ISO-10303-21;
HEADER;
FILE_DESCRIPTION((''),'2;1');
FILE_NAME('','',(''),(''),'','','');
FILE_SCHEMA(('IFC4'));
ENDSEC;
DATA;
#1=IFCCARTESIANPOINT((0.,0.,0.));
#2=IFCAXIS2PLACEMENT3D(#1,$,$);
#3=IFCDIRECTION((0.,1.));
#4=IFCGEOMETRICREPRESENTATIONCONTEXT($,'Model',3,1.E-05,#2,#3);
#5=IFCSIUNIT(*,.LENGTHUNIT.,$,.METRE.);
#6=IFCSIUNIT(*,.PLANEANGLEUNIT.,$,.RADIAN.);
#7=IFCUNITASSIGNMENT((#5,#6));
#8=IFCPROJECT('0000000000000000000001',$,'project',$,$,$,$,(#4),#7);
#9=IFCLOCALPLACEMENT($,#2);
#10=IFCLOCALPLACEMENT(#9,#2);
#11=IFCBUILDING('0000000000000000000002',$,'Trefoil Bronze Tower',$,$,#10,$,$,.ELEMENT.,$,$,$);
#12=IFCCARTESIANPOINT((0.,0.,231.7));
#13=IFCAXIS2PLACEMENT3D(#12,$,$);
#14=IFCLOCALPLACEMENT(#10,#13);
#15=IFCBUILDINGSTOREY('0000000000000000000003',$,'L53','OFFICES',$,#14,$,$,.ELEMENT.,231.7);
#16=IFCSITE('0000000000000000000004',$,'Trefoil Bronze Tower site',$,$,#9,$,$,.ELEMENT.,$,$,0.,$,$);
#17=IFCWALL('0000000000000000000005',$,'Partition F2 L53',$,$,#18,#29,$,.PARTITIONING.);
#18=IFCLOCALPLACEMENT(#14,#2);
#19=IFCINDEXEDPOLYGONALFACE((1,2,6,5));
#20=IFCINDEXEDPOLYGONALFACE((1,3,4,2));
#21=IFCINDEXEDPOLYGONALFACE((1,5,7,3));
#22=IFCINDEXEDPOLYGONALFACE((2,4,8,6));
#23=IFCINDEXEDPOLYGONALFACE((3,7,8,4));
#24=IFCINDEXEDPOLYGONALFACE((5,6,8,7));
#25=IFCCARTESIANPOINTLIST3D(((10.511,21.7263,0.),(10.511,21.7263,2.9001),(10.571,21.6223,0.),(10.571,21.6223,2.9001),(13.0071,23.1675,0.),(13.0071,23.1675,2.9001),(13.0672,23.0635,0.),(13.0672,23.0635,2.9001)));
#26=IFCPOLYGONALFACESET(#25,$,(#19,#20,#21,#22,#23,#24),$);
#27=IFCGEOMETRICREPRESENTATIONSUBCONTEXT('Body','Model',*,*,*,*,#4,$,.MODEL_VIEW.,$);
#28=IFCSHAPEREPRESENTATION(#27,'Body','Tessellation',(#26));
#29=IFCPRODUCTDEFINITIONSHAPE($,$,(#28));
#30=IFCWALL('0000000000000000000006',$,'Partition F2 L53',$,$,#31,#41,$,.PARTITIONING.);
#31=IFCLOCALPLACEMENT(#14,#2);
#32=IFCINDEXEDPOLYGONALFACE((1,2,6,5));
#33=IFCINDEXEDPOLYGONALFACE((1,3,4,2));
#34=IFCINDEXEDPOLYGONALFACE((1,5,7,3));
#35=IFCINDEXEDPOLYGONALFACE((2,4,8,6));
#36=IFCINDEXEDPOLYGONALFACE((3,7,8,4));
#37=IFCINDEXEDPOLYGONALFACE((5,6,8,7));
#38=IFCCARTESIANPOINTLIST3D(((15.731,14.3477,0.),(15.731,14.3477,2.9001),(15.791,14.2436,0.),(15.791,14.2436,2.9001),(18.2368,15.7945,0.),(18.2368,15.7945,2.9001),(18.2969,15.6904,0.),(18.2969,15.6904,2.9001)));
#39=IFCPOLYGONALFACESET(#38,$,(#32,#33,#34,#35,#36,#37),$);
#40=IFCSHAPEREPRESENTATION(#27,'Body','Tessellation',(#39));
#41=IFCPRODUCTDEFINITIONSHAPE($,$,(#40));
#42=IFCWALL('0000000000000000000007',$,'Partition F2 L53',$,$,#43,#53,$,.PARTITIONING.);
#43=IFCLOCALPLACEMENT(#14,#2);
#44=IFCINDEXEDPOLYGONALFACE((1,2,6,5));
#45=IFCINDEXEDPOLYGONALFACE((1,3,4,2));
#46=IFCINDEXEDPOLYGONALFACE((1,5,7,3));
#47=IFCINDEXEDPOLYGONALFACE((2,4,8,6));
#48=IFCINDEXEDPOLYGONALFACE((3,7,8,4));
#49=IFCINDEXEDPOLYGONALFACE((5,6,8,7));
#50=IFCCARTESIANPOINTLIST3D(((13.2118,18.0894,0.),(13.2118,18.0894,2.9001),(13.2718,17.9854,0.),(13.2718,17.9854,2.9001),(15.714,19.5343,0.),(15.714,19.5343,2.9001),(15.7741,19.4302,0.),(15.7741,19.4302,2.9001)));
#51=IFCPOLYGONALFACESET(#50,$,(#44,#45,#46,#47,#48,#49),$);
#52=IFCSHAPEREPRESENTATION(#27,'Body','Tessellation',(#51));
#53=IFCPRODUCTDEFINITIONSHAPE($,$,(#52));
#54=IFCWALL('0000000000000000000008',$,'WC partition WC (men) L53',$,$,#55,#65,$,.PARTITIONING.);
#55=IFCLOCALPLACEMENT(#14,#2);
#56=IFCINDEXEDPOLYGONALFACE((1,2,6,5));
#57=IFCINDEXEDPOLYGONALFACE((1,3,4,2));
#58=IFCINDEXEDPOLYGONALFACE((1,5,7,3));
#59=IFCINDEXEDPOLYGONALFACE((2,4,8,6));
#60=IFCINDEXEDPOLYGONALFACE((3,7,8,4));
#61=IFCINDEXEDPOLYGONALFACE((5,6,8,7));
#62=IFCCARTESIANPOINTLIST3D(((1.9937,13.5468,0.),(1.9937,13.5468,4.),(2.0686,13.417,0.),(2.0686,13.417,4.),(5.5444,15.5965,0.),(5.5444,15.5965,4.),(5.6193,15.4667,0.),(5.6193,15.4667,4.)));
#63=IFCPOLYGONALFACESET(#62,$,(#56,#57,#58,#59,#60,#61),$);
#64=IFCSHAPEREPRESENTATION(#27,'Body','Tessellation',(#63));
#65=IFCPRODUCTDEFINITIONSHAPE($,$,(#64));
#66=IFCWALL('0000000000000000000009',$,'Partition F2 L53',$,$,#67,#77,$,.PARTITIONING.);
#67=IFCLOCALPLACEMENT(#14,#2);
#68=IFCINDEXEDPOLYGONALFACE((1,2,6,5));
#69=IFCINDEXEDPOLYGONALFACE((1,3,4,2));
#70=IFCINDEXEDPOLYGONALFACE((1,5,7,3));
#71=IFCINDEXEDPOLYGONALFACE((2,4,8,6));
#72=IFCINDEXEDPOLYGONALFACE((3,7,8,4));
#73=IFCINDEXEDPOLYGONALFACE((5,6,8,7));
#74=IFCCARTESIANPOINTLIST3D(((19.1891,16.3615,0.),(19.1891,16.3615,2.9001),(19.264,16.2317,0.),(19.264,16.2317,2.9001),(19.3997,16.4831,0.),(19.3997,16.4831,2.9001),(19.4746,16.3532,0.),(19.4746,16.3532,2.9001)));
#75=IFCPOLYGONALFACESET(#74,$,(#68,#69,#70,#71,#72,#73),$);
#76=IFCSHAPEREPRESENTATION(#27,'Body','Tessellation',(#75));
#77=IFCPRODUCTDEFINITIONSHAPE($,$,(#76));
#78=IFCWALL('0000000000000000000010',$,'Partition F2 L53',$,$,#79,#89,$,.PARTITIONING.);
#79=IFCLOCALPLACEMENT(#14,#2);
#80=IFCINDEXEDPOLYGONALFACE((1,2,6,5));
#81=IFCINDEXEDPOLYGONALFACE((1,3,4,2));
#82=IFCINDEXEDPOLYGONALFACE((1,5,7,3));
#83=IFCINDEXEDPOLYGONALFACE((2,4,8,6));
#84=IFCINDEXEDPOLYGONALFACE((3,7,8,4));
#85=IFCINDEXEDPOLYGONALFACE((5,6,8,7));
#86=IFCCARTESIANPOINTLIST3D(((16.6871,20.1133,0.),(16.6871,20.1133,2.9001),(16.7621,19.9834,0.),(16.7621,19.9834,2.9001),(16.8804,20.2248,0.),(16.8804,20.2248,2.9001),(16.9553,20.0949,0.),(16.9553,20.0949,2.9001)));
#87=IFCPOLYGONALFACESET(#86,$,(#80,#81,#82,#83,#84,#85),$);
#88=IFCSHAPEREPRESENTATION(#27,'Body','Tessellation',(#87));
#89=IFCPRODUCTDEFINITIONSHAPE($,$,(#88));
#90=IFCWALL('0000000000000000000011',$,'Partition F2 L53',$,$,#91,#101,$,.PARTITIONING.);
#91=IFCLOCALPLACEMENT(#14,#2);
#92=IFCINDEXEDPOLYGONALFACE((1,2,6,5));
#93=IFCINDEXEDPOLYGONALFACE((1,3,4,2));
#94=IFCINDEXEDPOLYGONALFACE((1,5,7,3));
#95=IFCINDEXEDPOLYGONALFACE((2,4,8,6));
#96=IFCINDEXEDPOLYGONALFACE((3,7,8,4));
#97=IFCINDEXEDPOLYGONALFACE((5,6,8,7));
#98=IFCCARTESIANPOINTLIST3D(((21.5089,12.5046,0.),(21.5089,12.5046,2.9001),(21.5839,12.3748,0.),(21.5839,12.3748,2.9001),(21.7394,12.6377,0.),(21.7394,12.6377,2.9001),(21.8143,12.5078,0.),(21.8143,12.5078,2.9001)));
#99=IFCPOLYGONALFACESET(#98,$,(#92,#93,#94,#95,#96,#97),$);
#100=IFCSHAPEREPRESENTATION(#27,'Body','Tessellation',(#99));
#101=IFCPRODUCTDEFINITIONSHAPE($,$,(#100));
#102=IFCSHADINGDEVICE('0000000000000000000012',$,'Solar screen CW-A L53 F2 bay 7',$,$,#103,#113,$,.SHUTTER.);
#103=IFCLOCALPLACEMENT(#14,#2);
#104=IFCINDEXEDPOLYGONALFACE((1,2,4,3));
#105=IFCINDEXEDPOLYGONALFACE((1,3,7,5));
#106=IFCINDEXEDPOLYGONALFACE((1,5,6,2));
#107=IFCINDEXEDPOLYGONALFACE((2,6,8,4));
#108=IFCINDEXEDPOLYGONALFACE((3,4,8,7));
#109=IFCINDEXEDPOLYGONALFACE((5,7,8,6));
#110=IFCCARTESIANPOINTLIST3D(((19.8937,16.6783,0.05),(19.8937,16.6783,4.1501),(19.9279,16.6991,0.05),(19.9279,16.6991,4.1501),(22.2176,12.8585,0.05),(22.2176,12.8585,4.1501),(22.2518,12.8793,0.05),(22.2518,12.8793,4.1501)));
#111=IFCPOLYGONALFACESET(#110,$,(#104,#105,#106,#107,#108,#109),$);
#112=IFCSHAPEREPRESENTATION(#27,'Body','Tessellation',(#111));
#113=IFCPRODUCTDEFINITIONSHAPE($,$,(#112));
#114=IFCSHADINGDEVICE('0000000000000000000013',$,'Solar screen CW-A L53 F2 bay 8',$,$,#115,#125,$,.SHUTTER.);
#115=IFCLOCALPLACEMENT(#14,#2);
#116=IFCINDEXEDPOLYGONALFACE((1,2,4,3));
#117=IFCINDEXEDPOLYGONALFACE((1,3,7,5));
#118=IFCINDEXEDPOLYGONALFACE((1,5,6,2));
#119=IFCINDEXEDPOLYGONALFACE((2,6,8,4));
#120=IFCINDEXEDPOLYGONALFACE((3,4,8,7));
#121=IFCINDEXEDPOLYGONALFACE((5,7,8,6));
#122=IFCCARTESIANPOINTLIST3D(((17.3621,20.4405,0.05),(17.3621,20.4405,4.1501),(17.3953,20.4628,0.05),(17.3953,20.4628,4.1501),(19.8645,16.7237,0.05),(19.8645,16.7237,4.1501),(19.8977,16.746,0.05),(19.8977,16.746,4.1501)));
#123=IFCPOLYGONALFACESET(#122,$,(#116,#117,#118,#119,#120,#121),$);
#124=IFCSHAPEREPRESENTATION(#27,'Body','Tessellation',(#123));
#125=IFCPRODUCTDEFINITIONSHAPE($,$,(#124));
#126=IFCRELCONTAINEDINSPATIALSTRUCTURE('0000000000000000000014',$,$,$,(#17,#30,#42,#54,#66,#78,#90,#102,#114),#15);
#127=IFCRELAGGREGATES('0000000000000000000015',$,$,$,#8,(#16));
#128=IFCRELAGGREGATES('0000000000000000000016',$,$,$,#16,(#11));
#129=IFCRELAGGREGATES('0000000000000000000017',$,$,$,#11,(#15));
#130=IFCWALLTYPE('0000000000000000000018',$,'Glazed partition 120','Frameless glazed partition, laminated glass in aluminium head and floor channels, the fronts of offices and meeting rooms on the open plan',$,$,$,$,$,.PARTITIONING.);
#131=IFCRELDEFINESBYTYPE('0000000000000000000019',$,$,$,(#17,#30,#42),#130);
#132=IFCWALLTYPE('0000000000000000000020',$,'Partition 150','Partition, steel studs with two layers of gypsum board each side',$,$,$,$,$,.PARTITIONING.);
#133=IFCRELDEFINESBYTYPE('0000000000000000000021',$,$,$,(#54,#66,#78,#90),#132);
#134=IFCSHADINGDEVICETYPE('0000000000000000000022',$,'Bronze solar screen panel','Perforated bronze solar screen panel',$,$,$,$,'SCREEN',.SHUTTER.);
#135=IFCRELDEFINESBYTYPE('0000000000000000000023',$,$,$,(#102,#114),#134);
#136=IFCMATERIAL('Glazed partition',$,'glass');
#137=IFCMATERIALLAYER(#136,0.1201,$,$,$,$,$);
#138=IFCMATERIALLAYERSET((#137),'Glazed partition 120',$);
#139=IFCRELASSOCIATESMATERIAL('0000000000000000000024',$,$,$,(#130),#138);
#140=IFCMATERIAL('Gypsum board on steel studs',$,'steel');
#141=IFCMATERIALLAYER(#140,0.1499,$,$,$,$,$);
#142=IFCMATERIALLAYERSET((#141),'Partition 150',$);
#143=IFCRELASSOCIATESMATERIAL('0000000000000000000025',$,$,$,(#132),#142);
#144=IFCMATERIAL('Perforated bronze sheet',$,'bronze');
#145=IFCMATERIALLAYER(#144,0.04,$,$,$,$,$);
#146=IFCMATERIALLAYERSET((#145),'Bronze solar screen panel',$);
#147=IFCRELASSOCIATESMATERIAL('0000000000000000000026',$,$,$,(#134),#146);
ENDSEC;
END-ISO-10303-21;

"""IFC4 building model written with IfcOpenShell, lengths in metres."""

from ifc_helpers import new_model, si_unit, direction, frame, frame_2d, origin, origin_2d, place, context, subcontext, project, spatial, rectangle, extrude, material, layer, layer_set, type_object, element, save


model = new_model("IFC4")

# Units and contexts
model_context = context("Model", 3, precision=1e-05, world=origin(), true_north=direction((0.0, 1.0)))
body_context = subcontext(model_context, "Body", "Model", "MODEL_VIEW")
ifc_project = project(units=[si_unit("LENGTHUNIT", "METRE"), si_unit("PLANEANGLEUNIT", "RADIAN")], contexts=[model_context])

# Site, building, storey
site_placement = place(None, origin())
site = spatial("IfcSite", under=ifc_project, at=site_placement, Name="Trefoil Bronze Tower site", CompositionType="ELEMENT", RefElevation=0.0)
building_placement = place(site_placement, origin())
building = spatial("IfcBuilding", under=site, at=building_placement, Name="Trefoil Bronze Tower", CompositionType="ELEMENT")
storey_placement = place(building_placement, frame((0.0, 0.0, 231.7)))
storey = spatial("IfcBuildingStorey", under=building, at=storey_placement, Name="L53", Description="OFFICES", CompositionType="ELEMENT", Elevation=231.7)

# Shared definitions
ifc_material_1 = material(Name="Glazed partition", Category="glass")
ifc_layer_1 = layer(ifc_material_1, 0.1201)
ifc_layer_set_1 = layer_set([ifc_layer_1], Name="Glazed partition 120")
wall_type_1 = type_object("IfcWallType", Name="Glazed partition 120", Description="Frameless glazed partition, laminated glass in aluminium head and floor channels, the fronts of offices and meeting rooms on the open plan", PredefinedType="PARTITIONING", material=ifc_layer_set_1)

# Walls
wall_1_placement = place(storey_placement, frame((10.541, 21.6743, 0.0), z_axis=(0.0, 0.0, 1.0), x_axis=(0.866019, 0.500011, 0.0)))
element("IfcWall", 1, at=wall_1_placement, inside=storey, type_object=wall_type_1, Name="Partition F2 L53", PredefinedType="PARTITIONING", context=body_context, shape_type="SweptSolid", body=[
    extrude(rectangle(XDim=2.8823, YDim=0.1201, at=frame_2d((1.4412, 0.0))), origin(), (0.0, 0.0, 1.0), 2.9001),
])
wall_2_placement = place(storey_placement, frame((15.761, 14.2957, 0.0), z_axis=(0.0, 0.0, 1.0), x_axis=(0.866023, 0.500005, 0.0)))
element("IfcWall", 2, at=wall_2_placement, inside=storey, type_object=wall_type_1, Name="Partition F2 L53", PredefinedType="PARTITIONING", context=body_context, shape_type="SweptSolid", body=[
    extrude(rectangle(XDim=2.8936, YDim=0.1201, at=frame_2d((1.4468, 0.0))), origin(), (0.0, 0.0, 1.0), 2.9001),
])
wall_3_placement = place(storey_placement, frame((13.2417, 18.0374, 0.0), z_axis=(0.0, 0.0, 1.0), x_axis=(0.865998, 0.500047, 0.0)))
element("IfcWall", 3, at=wall_3_placement, inside=storey, type_object=wall_type_1, Name="Partition F2 L53", PredefinedType="PARTITIONING", context=body_context, shape_type="SweptSolid", body=[
    extrude(rectangle(XDim=2.8894, YDim=0.1201, at=frame_2d((1.4448, 0.0))), origin(), (0.0, 0.0, 1.0), 2.9001),
])
ifc_material_2 = material(Name="Gypsum board on steel studs", Category="steel")
ifc_layer_2 = layer(ifc_material_2, 0.1499)
ifc_layer_set_2 = layer_set([ifc_layer_2], Name="Partition 150")
wall_type_2 = type_object("IfcWallType", Name="Partition 150", Description="Partition, steel studs with two layers of gypsum board each side", PredefinedType="PARTITIONING", material=ifc_layer_set_2)
wall_4_placement = place(storey_placement, frame((2.0312, 13.4819, 0.0), z_axis=(0.0, 0.0, 1.0), x_axis=(0.866051, 0.499956, 0.0)))
element("IfcWall", 4, at=wall_4_placement, inside=storey, type_object=wall_type_2, Name="WC partition WC (men) L53", PredefinedType="PARTITIONING", context=body_context, shape_type="SweptSolid", body=[
    extrude(rectangle(XDim=4.0999, YDim=0.1499, at=frame_2d((2.0498, 0.0))), origin(), (0.0, 0.0, 1.0), 4.0),
])
wall_5_placement = place(storey_placement, frame((19.2266, 16.2966, 0.0), z_axis=(0.0, 0.0, 1.0), x_axis=(0.866135, 0.499809, 0.0)))
element("IfcWall", 5, at=wall_5_placement, inside=storey, type_object=wall_type_2, Name="Partition F2 L53", PredefinedType="PARTITIONING", context=body_context, shape_type="SweptSolid", body=[
    extrude(rectangle(XDim=0.2432, YDim=0.1499, at=frame_2d((0.1216, 0.0))), origin(), (0.0, 0.0, 1.0), 2.9001),
])
wall_6_placement = place(storey_placement, frame((16.7246, 20.0483, 0.0), z_axis=(0.0, 0.0, 1.0), x_axis=(0.866149, 0.499786, 0.0)))
element("IfcWall", 6, at=wall_6_placement, inside=storey, type_object=wall_type_2, Name="Partition F2 L53", PredefinedType="PARTITIONING", context=body_context, shape_type="SweptSolid", body=[
    extrude(rectangle(XDim=0.2231, YDim=0.1499, at=frame_2d((0.1116, 0.0))), origin(), (0.0, 0.0, 1.0), 2.9001),
])
wall_7_placement = place(storey_placement, frame((21.5464, 12.4397, 0.0), z_axis=(0.0, 0.0, 1.0), x_axis=(0.866033, 0.499987, 0.0)))
element("IfcWall", 7, at=wall_7_placement, inside=storey, type_object=wall_type_2, Name="Partition F2 L53", PredefinedType="PARTITIONING", context=body_context, shape_type="SweptSolid", body=[
    extrude(rectangle(XDim=0.2661, YDim=0.1499, at=frame_2d((0.1331, 0.0))), origin(), (0.0, 0.0, 1.0), 2.9001),
])

# Shading devices
ifc_material_3 = material(Name="Perforated bronze sheet", Category="bronze")
ifc_layer_3 = layer(ifc_material_3, 0.04)
ifc_layer_set_3 = layer_set([ifc_layer_3], Name="Bronze solar screen panel")
shading_device_type = type_object("IfcShadingDeviceType", Name="Bronze solar screen panel", Description="Perforated bronze solar screen panel", ElementType="SCREEN", PredefinedType="SHUTTER", material=ifc_layer_set_3)
shading_device_1_placement = place(storey_placement, frame((21.0728, 14.7788, 0.05), z_axis=(0.0, 0.0, 1.0), x_axis=(-0.519762, 0.854311, 0.0)))
element("IfcShadingDevice", 8, at=shading_device_1_placement, inside=storey, type_object=shading_device_type, Name="Solar screen CW-A L53 F2 bay 7", PredefinedType="SHUTTER", context=body_context, shape_type="SweptSolid", body=[
    extrude(rectangle(XDim=4.4712, YDim=0.04, at=origin_2d()), origin(), (0.0, 0.0, 1.0), 4.1001),
])
shading_device_2_placement = place(storey_placement, frame((18.6299, 18.5933, 0.05), z_axis=(0.0, 0.0, 1.0), x_axis=(-0.558493, 0.829509, 0.0)))
element("IfcShadingDevice", 9, at=shading_device_2_placement, inside=storey, type_object=shading_device_type, Name="Solar screen CW-A L53 F2 bay 8", PredefinedType="SHUTTER", context=body_context, shape_type="SweptSolid", body=[
    extrude(rectangle(XDim=4.4807, YDim=0.04, at=origin_2d()), origin(), (0.0, 0.0, 1.0), 4.1001),
])

save(model, "model.ifc")
